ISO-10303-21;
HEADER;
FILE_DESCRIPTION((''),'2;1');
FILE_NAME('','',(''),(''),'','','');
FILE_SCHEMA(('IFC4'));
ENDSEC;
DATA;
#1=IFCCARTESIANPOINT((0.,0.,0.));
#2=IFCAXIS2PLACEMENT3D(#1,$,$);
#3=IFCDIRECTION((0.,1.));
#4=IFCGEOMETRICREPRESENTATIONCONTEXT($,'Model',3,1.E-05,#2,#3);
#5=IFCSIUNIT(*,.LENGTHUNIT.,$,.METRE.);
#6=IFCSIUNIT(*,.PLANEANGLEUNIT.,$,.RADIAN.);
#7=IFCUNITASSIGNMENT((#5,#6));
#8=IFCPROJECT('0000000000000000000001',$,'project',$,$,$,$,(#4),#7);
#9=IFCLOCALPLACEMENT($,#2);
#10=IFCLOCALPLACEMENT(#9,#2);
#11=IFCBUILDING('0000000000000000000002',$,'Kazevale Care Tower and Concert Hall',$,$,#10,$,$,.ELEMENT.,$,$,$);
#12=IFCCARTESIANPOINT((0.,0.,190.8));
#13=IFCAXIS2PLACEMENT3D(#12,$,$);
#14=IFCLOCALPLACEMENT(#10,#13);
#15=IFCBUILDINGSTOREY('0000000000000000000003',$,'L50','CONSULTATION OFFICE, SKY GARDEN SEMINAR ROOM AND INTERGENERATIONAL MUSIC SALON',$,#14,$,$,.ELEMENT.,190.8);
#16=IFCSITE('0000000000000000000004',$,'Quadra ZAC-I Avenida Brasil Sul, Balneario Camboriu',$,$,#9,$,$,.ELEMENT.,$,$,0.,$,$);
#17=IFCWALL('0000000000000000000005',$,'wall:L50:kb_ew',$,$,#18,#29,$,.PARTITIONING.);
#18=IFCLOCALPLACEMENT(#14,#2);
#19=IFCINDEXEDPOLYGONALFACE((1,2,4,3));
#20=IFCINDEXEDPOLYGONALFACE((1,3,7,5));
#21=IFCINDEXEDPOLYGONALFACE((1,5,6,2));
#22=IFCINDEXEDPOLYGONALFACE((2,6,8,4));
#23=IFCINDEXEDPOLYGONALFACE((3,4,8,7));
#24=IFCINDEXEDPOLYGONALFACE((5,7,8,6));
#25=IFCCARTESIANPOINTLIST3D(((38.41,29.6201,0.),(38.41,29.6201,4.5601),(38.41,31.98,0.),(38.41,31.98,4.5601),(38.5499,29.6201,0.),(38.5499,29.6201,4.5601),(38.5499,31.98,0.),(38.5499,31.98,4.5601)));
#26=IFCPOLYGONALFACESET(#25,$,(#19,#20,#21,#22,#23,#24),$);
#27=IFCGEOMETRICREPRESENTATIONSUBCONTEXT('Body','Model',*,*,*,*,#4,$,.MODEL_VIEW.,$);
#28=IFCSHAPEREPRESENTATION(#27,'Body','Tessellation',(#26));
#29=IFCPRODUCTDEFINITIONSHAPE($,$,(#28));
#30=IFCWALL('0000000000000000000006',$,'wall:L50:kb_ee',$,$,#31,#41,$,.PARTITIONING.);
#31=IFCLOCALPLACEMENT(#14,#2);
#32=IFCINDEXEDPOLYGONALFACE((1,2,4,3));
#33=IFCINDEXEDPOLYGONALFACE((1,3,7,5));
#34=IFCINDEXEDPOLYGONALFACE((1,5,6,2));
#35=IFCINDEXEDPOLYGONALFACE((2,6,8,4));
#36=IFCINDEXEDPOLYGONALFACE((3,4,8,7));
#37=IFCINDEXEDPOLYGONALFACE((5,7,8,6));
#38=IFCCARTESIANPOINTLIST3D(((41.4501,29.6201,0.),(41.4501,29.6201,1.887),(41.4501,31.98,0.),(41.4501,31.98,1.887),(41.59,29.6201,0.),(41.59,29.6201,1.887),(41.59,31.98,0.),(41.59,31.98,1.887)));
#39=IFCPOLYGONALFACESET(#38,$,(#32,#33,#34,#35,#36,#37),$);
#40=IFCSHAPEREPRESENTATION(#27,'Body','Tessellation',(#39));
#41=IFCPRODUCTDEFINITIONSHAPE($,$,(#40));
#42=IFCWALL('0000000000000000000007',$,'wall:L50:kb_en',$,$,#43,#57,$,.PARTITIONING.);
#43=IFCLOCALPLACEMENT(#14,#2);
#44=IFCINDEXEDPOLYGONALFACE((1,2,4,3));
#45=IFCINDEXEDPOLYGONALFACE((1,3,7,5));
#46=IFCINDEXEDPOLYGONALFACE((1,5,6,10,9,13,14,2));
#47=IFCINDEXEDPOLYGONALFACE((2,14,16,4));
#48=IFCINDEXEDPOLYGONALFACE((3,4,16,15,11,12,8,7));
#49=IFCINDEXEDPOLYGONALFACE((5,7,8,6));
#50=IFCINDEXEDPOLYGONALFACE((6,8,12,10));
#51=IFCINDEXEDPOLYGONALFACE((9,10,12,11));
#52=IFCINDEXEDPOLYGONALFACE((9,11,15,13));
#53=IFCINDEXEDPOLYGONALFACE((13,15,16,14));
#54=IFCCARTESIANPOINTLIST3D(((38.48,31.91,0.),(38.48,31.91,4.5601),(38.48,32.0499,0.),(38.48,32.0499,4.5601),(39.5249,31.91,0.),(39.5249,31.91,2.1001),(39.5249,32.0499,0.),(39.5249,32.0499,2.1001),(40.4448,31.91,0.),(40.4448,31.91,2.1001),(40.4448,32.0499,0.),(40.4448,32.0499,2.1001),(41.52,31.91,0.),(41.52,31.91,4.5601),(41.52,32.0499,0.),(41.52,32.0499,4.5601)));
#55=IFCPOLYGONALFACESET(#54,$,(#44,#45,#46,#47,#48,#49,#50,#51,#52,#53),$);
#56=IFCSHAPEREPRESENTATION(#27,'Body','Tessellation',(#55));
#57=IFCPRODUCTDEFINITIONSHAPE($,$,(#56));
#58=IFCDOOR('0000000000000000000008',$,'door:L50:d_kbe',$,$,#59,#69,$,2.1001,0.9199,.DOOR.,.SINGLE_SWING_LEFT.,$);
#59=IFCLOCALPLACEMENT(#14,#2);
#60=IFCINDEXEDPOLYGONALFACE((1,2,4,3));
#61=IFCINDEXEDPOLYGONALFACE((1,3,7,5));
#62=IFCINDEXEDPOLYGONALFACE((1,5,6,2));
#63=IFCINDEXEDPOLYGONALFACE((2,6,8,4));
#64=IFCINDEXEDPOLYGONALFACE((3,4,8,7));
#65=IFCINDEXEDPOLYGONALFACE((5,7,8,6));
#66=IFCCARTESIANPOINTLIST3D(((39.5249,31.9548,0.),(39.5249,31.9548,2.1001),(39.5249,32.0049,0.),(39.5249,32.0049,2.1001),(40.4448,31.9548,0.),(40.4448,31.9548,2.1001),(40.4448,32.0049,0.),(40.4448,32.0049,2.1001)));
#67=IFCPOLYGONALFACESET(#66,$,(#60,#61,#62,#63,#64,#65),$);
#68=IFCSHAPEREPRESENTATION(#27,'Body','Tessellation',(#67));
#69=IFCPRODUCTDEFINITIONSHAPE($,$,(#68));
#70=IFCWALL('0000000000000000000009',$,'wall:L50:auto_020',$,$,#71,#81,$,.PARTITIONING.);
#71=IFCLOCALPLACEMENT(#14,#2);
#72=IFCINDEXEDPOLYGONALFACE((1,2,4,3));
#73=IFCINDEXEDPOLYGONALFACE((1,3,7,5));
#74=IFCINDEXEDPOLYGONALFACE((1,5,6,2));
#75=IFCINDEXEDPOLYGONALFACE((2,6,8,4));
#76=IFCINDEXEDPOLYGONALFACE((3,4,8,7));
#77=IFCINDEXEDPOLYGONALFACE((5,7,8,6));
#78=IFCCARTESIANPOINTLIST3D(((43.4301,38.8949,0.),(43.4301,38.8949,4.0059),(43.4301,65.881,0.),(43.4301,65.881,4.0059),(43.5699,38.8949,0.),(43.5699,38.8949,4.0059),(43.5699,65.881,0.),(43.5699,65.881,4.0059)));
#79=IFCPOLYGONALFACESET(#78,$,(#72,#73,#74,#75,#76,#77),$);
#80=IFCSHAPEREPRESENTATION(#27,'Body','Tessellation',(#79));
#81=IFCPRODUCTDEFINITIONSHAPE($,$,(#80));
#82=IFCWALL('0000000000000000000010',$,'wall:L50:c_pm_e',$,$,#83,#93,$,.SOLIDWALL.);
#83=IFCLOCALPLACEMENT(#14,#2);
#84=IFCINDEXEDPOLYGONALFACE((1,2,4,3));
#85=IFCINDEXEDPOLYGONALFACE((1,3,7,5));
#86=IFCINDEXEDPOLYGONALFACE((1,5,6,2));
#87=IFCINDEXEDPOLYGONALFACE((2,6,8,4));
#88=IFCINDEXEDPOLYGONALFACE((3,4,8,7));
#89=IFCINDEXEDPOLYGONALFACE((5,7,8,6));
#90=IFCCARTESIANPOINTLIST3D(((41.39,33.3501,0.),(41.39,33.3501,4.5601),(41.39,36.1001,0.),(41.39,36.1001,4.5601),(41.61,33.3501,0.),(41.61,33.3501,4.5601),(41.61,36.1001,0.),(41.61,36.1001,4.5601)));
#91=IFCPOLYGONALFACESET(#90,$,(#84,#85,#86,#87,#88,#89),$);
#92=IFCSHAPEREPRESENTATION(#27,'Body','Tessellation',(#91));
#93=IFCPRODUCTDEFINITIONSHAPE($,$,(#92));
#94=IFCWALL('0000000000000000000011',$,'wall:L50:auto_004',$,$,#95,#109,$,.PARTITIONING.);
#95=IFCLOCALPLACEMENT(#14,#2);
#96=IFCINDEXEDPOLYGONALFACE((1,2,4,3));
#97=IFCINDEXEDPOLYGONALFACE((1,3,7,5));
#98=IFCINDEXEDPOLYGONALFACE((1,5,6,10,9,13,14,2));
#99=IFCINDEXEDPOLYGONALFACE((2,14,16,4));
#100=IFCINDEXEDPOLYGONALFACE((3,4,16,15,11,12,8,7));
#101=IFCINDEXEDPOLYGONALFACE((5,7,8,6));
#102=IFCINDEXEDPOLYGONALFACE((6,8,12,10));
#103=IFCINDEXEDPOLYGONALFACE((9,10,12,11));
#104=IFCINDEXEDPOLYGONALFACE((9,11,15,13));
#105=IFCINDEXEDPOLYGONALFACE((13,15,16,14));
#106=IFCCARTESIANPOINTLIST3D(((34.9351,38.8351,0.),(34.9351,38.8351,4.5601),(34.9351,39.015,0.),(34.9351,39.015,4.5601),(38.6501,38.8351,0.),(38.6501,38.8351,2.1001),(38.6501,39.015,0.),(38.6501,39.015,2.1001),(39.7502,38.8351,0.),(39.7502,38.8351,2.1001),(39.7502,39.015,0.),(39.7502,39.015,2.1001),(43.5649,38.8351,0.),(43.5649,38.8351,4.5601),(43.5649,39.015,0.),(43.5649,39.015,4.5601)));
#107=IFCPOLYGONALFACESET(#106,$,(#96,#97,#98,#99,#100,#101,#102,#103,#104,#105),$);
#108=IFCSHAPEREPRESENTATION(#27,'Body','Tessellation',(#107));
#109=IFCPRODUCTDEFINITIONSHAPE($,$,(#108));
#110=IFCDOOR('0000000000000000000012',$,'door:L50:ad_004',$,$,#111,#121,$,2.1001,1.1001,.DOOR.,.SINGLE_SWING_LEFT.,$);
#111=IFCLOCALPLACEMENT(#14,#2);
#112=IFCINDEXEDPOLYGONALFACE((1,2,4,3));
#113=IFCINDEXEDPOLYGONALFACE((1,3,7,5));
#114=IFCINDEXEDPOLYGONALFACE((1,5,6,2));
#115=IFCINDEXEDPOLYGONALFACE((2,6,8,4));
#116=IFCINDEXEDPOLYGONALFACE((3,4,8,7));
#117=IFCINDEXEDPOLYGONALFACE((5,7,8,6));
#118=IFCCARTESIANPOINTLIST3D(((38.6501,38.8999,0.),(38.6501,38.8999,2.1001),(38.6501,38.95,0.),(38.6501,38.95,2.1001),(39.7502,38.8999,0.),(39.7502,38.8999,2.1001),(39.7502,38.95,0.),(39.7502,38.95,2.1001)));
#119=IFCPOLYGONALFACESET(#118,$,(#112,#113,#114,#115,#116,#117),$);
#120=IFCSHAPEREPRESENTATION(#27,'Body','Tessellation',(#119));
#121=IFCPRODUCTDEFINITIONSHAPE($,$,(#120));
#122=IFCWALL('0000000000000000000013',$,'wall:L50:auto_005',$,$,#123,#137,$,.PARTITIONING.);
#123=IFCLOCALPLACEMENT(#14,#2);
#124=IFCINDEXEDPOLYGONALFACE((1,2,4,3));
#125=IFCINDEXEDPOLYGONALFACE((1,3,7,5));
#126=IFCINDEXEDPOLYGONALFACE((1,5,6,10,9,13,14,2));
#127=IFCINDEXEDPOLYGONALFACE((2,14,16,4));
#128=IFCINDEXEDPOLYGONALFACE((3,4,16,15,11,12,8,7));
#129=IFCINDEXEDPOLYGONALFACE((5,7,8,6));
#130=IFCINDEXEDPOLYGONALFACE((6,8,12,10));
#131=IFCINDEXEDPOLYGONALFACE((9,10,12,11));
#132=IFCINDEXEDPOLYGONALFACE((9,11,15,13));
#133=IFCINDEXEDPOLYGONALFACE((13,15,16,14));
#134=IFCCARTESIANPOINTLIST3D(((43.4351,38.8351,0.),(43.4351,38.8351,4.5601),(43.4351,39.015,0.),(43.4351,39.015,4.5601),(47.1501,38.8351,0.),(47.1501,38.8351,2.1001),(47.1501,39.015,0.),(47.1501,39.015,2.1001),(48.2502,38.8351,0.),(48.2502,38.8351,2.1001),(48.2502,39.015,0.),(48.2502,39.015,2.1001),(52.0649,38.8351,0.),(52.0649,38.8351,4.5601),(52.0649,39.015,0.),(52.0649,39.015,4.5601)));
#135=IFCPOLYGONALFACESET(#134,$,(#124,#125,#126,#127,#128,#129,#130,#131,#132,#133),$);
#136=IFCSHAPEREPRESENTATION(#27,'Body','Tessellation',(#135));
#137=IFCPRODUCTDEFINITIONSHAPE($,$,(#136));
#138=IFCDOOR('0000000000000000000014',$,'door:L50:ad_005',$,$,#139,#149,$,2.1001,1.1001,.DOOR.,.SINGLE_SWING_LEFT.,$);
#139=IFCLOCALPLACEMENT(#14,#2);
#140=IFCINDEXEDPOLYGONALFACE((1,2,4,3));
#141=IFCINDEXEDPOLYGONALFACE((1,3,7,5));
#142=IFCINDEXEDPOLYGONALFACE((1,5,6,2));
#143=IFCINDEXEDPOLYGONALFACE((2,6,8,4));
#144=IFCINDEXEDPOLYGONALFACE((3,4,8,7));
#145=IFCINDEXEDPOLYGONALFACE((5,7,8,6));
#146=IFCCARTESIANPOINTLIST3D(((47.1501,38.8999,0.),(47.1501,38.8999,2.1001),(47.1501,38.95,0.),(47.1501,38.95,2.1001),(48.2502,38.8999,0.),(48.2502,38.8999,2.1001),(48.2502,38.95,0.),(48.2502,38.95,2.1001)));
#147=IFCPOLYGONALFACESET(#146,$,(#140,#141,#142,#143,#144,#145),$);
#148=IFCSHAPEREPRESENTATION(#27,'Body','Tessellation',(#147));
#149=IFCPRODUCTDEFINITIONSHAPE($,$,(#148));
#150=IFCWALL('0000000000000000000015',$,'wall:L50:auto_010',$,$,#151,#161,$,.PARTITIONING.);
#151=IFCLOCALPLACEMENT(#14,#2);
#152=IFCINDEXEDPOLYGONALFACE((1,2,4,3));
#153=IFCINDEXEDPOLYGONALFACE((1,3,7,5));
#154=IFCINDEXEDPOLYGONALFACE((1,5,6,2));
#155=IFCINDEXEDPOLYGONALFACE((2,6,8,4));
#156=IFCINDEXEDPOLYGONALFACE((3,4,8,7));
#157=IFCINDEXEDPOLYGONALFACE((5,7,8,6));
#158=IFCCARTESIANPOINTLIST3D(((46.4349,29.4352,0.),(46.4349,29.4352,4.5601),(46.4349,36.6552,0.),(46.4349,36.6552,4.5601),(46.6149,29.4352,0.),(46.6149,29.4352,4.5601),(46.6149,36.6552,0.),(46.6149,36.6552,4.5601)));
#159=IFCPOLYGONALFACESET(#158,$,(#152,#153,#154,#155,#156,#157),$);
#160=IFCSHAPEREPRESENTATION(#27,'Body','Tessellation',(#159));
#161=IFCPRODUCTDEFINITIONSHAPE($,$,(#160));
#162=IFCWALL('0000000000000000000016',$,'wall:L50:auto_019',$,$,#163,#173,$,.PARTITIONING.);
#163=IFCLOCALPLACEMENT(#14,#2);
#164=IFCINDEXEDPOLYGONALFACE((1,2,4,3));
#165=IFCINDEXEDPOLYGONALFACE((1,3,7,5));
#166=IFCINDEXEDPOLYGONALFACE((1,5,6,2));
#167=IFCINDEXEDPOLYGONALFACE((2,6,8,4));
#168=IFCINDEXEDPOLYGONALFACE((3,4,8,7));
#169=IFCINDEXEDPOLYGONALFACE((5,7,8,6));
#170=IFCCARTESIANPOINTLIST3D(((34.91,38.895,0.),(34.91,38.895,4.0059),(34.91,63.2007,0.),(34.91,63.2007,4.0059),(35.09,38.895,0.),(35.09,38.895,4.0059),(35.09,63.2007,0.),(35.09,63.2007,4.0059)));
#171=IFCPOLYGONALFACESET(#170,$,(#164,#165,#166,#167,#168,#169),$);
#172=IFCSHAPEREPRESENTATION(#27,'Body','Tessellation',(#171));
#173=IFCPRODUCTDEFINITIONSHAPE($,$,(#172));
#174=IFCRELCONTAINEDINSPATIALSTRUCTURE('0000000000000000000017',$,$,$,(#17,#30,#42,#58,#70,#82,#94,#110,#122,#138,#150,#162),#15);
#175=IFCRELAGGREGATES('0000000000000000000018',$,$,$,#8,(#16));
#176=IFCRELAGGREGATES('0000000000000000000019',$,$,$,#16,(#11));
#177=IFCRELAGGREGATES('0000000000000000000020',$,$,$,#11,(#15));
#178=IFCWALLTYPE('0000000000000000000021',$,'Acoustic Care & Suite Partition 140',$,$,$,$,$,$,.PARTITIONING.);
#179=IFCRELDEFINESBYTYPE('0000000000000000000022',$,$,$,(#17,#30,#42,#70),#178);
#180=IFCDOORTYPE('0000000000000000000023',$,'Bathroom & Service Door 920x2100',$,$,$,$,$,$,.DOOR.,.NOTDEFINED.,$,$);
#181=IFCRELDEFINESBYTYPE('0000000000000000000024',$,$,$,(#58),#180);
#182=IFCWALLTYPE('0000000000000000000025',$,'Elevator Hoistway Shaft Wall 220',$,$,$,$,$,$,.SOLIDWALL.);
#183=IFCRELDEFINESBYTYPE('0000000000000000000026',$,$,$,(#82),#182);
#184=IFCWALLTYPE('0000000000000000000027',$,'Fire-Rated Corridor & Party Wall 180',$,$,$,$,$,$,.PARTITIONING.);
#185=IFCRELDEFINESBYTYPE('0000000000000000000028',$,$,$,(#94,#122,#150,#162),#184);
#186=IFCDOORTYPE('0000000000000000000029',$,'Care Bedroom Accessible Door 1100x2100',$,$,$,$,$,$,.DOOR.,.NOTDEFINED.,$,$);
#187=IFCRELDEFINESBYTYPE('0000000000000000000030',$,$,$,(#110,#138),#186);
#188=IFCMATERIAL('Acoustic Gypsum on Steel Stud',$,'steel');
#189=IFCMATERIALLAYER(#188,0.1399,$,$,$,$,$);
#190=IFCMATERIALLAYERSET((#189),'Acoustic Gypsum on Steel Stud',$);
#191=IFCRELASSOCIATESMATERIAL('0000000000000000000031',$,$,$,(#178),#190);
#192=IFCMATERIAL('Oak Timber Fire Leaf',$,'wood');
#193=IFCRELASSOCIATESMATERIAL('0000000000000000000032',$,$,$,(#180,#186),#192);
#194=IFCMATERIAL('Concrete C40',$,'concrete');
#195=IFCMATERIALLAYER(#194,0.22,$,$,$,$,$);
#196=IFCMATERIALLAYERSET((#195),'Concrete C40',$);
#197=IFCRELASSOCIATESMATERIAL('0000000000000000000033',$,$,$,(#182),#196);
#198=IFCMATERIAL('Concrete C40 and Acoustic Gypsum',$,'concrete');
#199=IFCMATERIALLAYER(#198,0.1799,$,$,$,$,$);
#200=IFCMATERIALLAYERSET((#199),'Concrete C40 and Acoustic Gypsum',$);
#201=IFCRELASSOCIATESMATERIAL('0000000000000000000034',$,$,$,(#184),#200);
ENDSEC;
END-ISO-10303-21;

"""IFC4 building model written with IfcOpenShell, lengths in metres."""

from ifc_helpers import new_model, si_unit, direction, frame, frame_2d, origin, place, context, subcontext, project, spatial, rectangle, extrude, material, layer, layer_set, type_object, element, fill, save


model = new_model("IFC4")

# Units and contexts
model_context = context("Model", 3, precision=1e-05, world=origin(), true_north=direction((0.0, 1.0)))
body_context = subcontext(model_context, "Body", "Model", "MODEL_VIEW")
ifc_project = project(units=[si_unit("LENGTHUNIT", "METRE"), si_unit("PLANEANGLEUNIT", "RADIAN")], contexts=[model_context])

# Site, building, storey
site_placement = place(None, origin())
site = spatial("IfcSite", under=ifc_project, at=site_placement, Name="Quadra ZAC-I Avenida Brasil Sul, Balneario Camboriu", CompositionType="ELEMENT", RefElevation=0.0)
building_placement = place(site_placement, origin())
building = spatial("IfcBuilding", under=site, at=building_placement, Name="Kazevale Care Tower and Concert Hall", CompositionType="ELEMENT")
storey_placement = place(building_placement, frame((0.0, 0.0, 190.8)))
storey = spatial("IfcBuildingStorey", under=building, at=storey_placement, Name="L50", Description="CONSULTATION OFFICE, SKY GARDEN SEMINAR ROOM AND INTERGENERATIONAL MUSIC SALON", CompositionType="ELEMENT", Elevation=190.8)

# Walls
ifc_material_1 = material(Name="Acoustic Gypsum on Steel Stud", Category="steel")
ifc_layer_1 = layer(ifc_material_1, 0.1399)
ifc_layer_set_1 = layer_set([ifc_layer_1], Name="Acoustic Gypsum on Steel Stud")
wall_type_1 = type_object("IfcWallType", Name="Acoustic Care & Suite Partition 140", PredefinedType="PARTITIONING", material=ifc_layer_set_1)
wall_1_placement = place(storey_placement, frame((38.48, 29.6201, 0.0), z_axis=(0.0, 0.0, 1.0), x_axis=(0.0, 1.0, 0.0)))
element("IfcWall", 1, at=wall_1_placement, inside=storey, type_object=wall_type_1, Name="wall:L50:kb_ew", PredefinedType="PARTITIONING", context=body_context, shape_type="SweptSolid", body=[
    extrude(rectangle(XDim=2.3599, YDim=0.1399, at=frame_2d((1.1799, 0.0))), origin(), (0.0, 0.0, 1.0), 4.5601),
])
wall_2_placement = place(storey_placement, frame((41.52, 29.6201, 0.0), z_axis=(0.0, 0.0, 1.0), x_axis=(0.0, 1.0, 0.0)))
element("IfcWall", 2, at=wall_2_placement, inside=storey, type_object=wall_type_1, Name="wall:L50:kb_ee", PredefinedType="PARTITIONING", context=body_context, shape_type="SweptSolid", body=[
    extrude(rectangle(XDim=2.3599, YDim=0.1399, at=frame_2d((1.1799, 0.0))), origin(), (0.0, 0.0, 1.0), 1.887),
])

# Wall, opening, door
wall_3_placement = place(storey_placement, frame((38.48, 31.98, 0.0), z_axis=(0.0, 0.0, 1.0), x_axis=(1.0, 0.0, 0.0)))
wall_3 = element("IfcWall", 3, at=wall_3_placement, inside=storey, type_object=wall_type_1, Name="wall:L50:kb_en", PredefinedType="PARTITIONING", context=body_context, shape_type="SweptSolid", body=[
    extrude(rectangle(XDim=3.04, YDim=0.1399, at=frame_2d((1.52, 0.0))), origin(), (0.0, 0.0, 1.0), 4.5601),
])
opening_1_placement = place(wall_3_placement, frame((1.0449, 0.0, 0.0)))
opening_1 = element("IfcOpeningElement", 4, at=opening_1_placement, cuts=wall_3, PredefinedType="OPENING", context=body_context, shape_type="SweptSolid", body=[
    extrude(rectangle(XDim=0.9199, YDim=2.1001, at=frame_2d((0.46, 1.05))), frame((0.0, 0.0798, 0.0), z_axis=(0.0, -1.0, 0.0), x_axis=(1.0, 0.0, 0.0)), (0.0, 0.0, 1.0), 0.1599),
])
ifc_material_2 = material(Name="Oak Timber Fire Leaf", Category="wood")
door_type_1 = type_object("IfcDoorType", Name="Bathroom & Service Door 920x2100", OperationType="NOTDEFINED", PredefinedType="DOOR", material=ifc_material_2)
door_1_placement = place(opening_1_placement, origin())
door_1 = element("IfcDoor", 5, at=door_1_placement, inside=storey, type_object=door_type_1, Name="door:L50:d_kbe", OperationType="SINGLE_SWING_LEFT", OverallHeight=2.1001, OverallWidth=0.9199, PredefinedType="DOOR", context=body_context, shape_type="SweptSolid", body=[
    extrude(rectangle(XDim=0.9199, YDim=2.1001, at=frame_2d((0.46, 1.05))), frame((0.0, 0.0249, 0.0), z_axis=(0.0, -1.0, 0.0), x_axis=(1.0, 0.0, 0.0)), (0.0, 0.0, 1.0), 0.05),
])
fill(opening_1, door_1)

# Walls
wall_4_placement = place(storey_placement, frame((43.5, 65.8811, 0.0), z_axis=(0.0, 0.0, 1.0), x_axis=(0.0, -1.0, 0.0)))
element("IfcWall", 6, at=wall_4_placement, inside=storey, type_object=wall_type_1, Name="wall:L50:auto_020", PredefinedType="PARTITIONING", context=body_context, shape_type="SweptSolid", body=[
    extrude(rectangle(XDim=26.9861, YDim=0.1399, at=frame_2d((13.4932, 0.0))), origin(), (0.0, 0.0, 1.0), 4.0059),
])
ifc_material_3 = material(Name="Concrete C40", Category="concrete")
ifc_layer_2 = layer(ifc_material_3, 0.22)
ifc_layer_set_2 = layer_set([ifc_layer_2], Name="Concrete C40")
wall_type_2 = type_object("IfcWallType", Name="Elevator Hoistway Shaft Wall 220", PredefinedType="SOLIDWALL", material=ifc_layer_set_2)
wall_5_placement = place(storey_placement, frame((41.5, 33.3501, 0.0), z_axis=(0.0, 0.0, 1.0), x_axis=(0.0, 1.0, 0.0)))
element("IfcWall", 7, at=wall_5_placement, inside=storey, type_object=wall_type_2, Name="wall:L50:c_pm_e", PredefinedType="SOLIDWALL", context=body_context, shape_type="SweptSolid", body=[
    extrude(rectangle(XDim=2.75, YDim=0.22, at=frame_2d((1.375, 0.0))), origin(), (0.0, 0.0, 1.0), 4.5601),
])

# Walls, openings, doors
ifc_material_4 = material(Name="Concrete C40 and Acoustic Gypsum", Category="concrete")
ifc_layer_3 = layer(ifc_material_4, 0.1799)
ifc_layer_set_3 = layer_set([ifc_layer_3], Name="Concrete C40 and Acoustic Gypsum")
wall_type_3 = type_object("IfcWallType", Name="Fire-Rated Corridor & Party Wall 180", PredefinedType="PARTITIONING", material=ifc_layer_set_3)
wall_6_placement = place(storey_placement, frame((34.9351, 38.925, 0.0), z_axis=(0.0, 0.0, 1.0), x_axis=(1.0, 0.0, 0.0)))
wall_6 = element("IfcWall", 8, at=wall_6_placement, inside=storey, type_object=wall_type_3, Name="wall:L50:auto_004", PredefinedType="PARTITIONING", context=body_context, shape_type="SweptSolid", body=[
    extrude(rectangle(XDim=8.6299, YDim=0.1799, at=frame_2d((4.3149, 0.0))), origin(), (0.0, 0.0, 1.0), 4.5601),
])
opening_2_placement = place(wall_6_placement, frame((3.7151, 0.0, 0.0)))
opening_2 = element("IfcOpeningElement", 9, at=opening_2_placement, cuts=wall_6, PredefinedType="OPENING", context=body_context, shape_type="SweptSolid", body=[
    extrude(rectangle(XDim=1.1001, YDim=2.1001, at=frame_2d((0.55, 1.05))), frame((0.0, 0.0999, 0.0), z_axis=(0.0, -1.0, 0.0), x_axis=(1.0, 0.0, 0.0)), (0.0, 0.0, 1.0), 0.2),
])
door_type_2 = type_object("IfcDoorType", Name="Care Bedroom Accessible Door 1100x2100", OperationType="NOTDEFINED", PredefinedType="DOOR", material=ifc_material_2)
door_2_placement = place(opening_2_placement, origin())
door_2 = element("IfcDoor", 10, at=door_2_placement, inside=storey, type_object=door_type_2, Name="door:L50:ad_004", OperationType="SINGLE_SWING_LEFT", OverallHeight=2.1001, OverallWidth=1.1001, PredefinedType="DOOR", context=body_context, shape_type="SweptSolid", body=[
    extrude(rectangle(XDim=1.1001, YDim=2.1001, at=frame_2d((0.55, 1.05))), frame((0.0, 0.0249, 0.0), z_axis=(0.0, -1.0, 0.0), x_axis=(1.0, 0.0, 0.0)), (0.0, 0.0, 1.0), 0.05),
])
fill(opening_2, door_2)
wall_7_placement = place(storey_placement, frame((43.4351, 38.925, 0.0), z_axis=(0.0, 0.0, 1.0), x_axis=(1.0, 0.0, 0.0)))
wall_7 = element("IfcWall", 11, at=wall_7_placement, inside=storey, type_object=wall_type_3, Name="wall:L50:auto_005", PredefinedType="PARTITIONING", context=body_context, shape_type="SweptSolid", body=[
    extrude(rectangle(XDim=8.6299, YDim=0.1799, at=frame_2d((4.3149, 0.0))), origin(), (0.0, 0.0, 1.0), 4.5601),
])
opening_3_placement = place(wall_7_placement, frame((3.7151, 0.0, 0.0)))
opening_3 = element("IfcOpeningElement", 12, at=opening_3_placement, cuts=wall_7, PredefinedType="OPENING", context=body_context, shape_type="SweptSolid", body=[
    extrude(rectangle(XDim=1.1001, YDim=2.1001, at=frame_2d((0.55, 1.05))), frame((0.0, 0.0999, 0.0), z_axis=(0.0, -1.0, 0.0), x_axis=(1.0, 0.0, 0.0)), (0.0, 0.0, 1.0), 0.2),
])
door_3_placement = place(opening_3_placement, origin())
door_3 = element("IfcDoor", 13, at=door_3_placement, inside=storey, type_object=door_type_2, Name="door:L50:ad_005", OperationType="SINGLE_SWING_LEFT", OverallHeight=2.1001, OverallWidth=1.1001, PredefinedType="DOOR", context=body_context, shape_type="SweptSolid", body=[
    extrude(rectangle(XDim=1.1001, YDim=2.1001, at=frame_2d((0.55, 1.05))), frame((0.0, 0.0249, 0.0), z_axis=(0.0, -1.0, 0.0), x_axis=(1.0, 0.0, 0.0)), (0.0, 0.0, 1.0), 0.05),
])
fill(opening_3, door_3)

# Walls
wall_8_placement = place(storey_placement, frame((46.5249, 36.655, 0.0), z_axis=(0.0, 0.0, 1.0), x_axis=(0.0, -1.0, 0.0)))
element("IfcWall", 14, at=wall_8_placement, inside=storey, type_object=wall_type_3, Name="wall:L50:auto_010", PredefinedType="PARTITIONING", context=body_context, shape_type="SweptSolid", body=[
    extrude(rectangle(XDim=7.22, YDim=0.1799, at=frame_2d((3.6099, 0.0))), origin(), (0.0, 0.0, 1.0), 4.5601),
])
wall_9_placement = place(storey_placement, frame((35.0, 63.2007, 0.0), z_axis=(0.0, 0.0, 1.0), x_axis=(0.0, -1.0, 0.0)))
element("IfcWall", 15, at=wall_9_placement, inside=storey, type_object=wall_type_3, Name="wall:L50:auto_019", PredefinedType="PARTITIONING", context=body_context, shape_type="SweptSolid", body=[
    extrude(rectangle(XDim=24.3057, YDim=0.1799, at=frame_2d((12.1528, 0.0))), origin(), (0.0, 0.0, 1.0), 4.0059),
])

save(model, "model.ifc")
